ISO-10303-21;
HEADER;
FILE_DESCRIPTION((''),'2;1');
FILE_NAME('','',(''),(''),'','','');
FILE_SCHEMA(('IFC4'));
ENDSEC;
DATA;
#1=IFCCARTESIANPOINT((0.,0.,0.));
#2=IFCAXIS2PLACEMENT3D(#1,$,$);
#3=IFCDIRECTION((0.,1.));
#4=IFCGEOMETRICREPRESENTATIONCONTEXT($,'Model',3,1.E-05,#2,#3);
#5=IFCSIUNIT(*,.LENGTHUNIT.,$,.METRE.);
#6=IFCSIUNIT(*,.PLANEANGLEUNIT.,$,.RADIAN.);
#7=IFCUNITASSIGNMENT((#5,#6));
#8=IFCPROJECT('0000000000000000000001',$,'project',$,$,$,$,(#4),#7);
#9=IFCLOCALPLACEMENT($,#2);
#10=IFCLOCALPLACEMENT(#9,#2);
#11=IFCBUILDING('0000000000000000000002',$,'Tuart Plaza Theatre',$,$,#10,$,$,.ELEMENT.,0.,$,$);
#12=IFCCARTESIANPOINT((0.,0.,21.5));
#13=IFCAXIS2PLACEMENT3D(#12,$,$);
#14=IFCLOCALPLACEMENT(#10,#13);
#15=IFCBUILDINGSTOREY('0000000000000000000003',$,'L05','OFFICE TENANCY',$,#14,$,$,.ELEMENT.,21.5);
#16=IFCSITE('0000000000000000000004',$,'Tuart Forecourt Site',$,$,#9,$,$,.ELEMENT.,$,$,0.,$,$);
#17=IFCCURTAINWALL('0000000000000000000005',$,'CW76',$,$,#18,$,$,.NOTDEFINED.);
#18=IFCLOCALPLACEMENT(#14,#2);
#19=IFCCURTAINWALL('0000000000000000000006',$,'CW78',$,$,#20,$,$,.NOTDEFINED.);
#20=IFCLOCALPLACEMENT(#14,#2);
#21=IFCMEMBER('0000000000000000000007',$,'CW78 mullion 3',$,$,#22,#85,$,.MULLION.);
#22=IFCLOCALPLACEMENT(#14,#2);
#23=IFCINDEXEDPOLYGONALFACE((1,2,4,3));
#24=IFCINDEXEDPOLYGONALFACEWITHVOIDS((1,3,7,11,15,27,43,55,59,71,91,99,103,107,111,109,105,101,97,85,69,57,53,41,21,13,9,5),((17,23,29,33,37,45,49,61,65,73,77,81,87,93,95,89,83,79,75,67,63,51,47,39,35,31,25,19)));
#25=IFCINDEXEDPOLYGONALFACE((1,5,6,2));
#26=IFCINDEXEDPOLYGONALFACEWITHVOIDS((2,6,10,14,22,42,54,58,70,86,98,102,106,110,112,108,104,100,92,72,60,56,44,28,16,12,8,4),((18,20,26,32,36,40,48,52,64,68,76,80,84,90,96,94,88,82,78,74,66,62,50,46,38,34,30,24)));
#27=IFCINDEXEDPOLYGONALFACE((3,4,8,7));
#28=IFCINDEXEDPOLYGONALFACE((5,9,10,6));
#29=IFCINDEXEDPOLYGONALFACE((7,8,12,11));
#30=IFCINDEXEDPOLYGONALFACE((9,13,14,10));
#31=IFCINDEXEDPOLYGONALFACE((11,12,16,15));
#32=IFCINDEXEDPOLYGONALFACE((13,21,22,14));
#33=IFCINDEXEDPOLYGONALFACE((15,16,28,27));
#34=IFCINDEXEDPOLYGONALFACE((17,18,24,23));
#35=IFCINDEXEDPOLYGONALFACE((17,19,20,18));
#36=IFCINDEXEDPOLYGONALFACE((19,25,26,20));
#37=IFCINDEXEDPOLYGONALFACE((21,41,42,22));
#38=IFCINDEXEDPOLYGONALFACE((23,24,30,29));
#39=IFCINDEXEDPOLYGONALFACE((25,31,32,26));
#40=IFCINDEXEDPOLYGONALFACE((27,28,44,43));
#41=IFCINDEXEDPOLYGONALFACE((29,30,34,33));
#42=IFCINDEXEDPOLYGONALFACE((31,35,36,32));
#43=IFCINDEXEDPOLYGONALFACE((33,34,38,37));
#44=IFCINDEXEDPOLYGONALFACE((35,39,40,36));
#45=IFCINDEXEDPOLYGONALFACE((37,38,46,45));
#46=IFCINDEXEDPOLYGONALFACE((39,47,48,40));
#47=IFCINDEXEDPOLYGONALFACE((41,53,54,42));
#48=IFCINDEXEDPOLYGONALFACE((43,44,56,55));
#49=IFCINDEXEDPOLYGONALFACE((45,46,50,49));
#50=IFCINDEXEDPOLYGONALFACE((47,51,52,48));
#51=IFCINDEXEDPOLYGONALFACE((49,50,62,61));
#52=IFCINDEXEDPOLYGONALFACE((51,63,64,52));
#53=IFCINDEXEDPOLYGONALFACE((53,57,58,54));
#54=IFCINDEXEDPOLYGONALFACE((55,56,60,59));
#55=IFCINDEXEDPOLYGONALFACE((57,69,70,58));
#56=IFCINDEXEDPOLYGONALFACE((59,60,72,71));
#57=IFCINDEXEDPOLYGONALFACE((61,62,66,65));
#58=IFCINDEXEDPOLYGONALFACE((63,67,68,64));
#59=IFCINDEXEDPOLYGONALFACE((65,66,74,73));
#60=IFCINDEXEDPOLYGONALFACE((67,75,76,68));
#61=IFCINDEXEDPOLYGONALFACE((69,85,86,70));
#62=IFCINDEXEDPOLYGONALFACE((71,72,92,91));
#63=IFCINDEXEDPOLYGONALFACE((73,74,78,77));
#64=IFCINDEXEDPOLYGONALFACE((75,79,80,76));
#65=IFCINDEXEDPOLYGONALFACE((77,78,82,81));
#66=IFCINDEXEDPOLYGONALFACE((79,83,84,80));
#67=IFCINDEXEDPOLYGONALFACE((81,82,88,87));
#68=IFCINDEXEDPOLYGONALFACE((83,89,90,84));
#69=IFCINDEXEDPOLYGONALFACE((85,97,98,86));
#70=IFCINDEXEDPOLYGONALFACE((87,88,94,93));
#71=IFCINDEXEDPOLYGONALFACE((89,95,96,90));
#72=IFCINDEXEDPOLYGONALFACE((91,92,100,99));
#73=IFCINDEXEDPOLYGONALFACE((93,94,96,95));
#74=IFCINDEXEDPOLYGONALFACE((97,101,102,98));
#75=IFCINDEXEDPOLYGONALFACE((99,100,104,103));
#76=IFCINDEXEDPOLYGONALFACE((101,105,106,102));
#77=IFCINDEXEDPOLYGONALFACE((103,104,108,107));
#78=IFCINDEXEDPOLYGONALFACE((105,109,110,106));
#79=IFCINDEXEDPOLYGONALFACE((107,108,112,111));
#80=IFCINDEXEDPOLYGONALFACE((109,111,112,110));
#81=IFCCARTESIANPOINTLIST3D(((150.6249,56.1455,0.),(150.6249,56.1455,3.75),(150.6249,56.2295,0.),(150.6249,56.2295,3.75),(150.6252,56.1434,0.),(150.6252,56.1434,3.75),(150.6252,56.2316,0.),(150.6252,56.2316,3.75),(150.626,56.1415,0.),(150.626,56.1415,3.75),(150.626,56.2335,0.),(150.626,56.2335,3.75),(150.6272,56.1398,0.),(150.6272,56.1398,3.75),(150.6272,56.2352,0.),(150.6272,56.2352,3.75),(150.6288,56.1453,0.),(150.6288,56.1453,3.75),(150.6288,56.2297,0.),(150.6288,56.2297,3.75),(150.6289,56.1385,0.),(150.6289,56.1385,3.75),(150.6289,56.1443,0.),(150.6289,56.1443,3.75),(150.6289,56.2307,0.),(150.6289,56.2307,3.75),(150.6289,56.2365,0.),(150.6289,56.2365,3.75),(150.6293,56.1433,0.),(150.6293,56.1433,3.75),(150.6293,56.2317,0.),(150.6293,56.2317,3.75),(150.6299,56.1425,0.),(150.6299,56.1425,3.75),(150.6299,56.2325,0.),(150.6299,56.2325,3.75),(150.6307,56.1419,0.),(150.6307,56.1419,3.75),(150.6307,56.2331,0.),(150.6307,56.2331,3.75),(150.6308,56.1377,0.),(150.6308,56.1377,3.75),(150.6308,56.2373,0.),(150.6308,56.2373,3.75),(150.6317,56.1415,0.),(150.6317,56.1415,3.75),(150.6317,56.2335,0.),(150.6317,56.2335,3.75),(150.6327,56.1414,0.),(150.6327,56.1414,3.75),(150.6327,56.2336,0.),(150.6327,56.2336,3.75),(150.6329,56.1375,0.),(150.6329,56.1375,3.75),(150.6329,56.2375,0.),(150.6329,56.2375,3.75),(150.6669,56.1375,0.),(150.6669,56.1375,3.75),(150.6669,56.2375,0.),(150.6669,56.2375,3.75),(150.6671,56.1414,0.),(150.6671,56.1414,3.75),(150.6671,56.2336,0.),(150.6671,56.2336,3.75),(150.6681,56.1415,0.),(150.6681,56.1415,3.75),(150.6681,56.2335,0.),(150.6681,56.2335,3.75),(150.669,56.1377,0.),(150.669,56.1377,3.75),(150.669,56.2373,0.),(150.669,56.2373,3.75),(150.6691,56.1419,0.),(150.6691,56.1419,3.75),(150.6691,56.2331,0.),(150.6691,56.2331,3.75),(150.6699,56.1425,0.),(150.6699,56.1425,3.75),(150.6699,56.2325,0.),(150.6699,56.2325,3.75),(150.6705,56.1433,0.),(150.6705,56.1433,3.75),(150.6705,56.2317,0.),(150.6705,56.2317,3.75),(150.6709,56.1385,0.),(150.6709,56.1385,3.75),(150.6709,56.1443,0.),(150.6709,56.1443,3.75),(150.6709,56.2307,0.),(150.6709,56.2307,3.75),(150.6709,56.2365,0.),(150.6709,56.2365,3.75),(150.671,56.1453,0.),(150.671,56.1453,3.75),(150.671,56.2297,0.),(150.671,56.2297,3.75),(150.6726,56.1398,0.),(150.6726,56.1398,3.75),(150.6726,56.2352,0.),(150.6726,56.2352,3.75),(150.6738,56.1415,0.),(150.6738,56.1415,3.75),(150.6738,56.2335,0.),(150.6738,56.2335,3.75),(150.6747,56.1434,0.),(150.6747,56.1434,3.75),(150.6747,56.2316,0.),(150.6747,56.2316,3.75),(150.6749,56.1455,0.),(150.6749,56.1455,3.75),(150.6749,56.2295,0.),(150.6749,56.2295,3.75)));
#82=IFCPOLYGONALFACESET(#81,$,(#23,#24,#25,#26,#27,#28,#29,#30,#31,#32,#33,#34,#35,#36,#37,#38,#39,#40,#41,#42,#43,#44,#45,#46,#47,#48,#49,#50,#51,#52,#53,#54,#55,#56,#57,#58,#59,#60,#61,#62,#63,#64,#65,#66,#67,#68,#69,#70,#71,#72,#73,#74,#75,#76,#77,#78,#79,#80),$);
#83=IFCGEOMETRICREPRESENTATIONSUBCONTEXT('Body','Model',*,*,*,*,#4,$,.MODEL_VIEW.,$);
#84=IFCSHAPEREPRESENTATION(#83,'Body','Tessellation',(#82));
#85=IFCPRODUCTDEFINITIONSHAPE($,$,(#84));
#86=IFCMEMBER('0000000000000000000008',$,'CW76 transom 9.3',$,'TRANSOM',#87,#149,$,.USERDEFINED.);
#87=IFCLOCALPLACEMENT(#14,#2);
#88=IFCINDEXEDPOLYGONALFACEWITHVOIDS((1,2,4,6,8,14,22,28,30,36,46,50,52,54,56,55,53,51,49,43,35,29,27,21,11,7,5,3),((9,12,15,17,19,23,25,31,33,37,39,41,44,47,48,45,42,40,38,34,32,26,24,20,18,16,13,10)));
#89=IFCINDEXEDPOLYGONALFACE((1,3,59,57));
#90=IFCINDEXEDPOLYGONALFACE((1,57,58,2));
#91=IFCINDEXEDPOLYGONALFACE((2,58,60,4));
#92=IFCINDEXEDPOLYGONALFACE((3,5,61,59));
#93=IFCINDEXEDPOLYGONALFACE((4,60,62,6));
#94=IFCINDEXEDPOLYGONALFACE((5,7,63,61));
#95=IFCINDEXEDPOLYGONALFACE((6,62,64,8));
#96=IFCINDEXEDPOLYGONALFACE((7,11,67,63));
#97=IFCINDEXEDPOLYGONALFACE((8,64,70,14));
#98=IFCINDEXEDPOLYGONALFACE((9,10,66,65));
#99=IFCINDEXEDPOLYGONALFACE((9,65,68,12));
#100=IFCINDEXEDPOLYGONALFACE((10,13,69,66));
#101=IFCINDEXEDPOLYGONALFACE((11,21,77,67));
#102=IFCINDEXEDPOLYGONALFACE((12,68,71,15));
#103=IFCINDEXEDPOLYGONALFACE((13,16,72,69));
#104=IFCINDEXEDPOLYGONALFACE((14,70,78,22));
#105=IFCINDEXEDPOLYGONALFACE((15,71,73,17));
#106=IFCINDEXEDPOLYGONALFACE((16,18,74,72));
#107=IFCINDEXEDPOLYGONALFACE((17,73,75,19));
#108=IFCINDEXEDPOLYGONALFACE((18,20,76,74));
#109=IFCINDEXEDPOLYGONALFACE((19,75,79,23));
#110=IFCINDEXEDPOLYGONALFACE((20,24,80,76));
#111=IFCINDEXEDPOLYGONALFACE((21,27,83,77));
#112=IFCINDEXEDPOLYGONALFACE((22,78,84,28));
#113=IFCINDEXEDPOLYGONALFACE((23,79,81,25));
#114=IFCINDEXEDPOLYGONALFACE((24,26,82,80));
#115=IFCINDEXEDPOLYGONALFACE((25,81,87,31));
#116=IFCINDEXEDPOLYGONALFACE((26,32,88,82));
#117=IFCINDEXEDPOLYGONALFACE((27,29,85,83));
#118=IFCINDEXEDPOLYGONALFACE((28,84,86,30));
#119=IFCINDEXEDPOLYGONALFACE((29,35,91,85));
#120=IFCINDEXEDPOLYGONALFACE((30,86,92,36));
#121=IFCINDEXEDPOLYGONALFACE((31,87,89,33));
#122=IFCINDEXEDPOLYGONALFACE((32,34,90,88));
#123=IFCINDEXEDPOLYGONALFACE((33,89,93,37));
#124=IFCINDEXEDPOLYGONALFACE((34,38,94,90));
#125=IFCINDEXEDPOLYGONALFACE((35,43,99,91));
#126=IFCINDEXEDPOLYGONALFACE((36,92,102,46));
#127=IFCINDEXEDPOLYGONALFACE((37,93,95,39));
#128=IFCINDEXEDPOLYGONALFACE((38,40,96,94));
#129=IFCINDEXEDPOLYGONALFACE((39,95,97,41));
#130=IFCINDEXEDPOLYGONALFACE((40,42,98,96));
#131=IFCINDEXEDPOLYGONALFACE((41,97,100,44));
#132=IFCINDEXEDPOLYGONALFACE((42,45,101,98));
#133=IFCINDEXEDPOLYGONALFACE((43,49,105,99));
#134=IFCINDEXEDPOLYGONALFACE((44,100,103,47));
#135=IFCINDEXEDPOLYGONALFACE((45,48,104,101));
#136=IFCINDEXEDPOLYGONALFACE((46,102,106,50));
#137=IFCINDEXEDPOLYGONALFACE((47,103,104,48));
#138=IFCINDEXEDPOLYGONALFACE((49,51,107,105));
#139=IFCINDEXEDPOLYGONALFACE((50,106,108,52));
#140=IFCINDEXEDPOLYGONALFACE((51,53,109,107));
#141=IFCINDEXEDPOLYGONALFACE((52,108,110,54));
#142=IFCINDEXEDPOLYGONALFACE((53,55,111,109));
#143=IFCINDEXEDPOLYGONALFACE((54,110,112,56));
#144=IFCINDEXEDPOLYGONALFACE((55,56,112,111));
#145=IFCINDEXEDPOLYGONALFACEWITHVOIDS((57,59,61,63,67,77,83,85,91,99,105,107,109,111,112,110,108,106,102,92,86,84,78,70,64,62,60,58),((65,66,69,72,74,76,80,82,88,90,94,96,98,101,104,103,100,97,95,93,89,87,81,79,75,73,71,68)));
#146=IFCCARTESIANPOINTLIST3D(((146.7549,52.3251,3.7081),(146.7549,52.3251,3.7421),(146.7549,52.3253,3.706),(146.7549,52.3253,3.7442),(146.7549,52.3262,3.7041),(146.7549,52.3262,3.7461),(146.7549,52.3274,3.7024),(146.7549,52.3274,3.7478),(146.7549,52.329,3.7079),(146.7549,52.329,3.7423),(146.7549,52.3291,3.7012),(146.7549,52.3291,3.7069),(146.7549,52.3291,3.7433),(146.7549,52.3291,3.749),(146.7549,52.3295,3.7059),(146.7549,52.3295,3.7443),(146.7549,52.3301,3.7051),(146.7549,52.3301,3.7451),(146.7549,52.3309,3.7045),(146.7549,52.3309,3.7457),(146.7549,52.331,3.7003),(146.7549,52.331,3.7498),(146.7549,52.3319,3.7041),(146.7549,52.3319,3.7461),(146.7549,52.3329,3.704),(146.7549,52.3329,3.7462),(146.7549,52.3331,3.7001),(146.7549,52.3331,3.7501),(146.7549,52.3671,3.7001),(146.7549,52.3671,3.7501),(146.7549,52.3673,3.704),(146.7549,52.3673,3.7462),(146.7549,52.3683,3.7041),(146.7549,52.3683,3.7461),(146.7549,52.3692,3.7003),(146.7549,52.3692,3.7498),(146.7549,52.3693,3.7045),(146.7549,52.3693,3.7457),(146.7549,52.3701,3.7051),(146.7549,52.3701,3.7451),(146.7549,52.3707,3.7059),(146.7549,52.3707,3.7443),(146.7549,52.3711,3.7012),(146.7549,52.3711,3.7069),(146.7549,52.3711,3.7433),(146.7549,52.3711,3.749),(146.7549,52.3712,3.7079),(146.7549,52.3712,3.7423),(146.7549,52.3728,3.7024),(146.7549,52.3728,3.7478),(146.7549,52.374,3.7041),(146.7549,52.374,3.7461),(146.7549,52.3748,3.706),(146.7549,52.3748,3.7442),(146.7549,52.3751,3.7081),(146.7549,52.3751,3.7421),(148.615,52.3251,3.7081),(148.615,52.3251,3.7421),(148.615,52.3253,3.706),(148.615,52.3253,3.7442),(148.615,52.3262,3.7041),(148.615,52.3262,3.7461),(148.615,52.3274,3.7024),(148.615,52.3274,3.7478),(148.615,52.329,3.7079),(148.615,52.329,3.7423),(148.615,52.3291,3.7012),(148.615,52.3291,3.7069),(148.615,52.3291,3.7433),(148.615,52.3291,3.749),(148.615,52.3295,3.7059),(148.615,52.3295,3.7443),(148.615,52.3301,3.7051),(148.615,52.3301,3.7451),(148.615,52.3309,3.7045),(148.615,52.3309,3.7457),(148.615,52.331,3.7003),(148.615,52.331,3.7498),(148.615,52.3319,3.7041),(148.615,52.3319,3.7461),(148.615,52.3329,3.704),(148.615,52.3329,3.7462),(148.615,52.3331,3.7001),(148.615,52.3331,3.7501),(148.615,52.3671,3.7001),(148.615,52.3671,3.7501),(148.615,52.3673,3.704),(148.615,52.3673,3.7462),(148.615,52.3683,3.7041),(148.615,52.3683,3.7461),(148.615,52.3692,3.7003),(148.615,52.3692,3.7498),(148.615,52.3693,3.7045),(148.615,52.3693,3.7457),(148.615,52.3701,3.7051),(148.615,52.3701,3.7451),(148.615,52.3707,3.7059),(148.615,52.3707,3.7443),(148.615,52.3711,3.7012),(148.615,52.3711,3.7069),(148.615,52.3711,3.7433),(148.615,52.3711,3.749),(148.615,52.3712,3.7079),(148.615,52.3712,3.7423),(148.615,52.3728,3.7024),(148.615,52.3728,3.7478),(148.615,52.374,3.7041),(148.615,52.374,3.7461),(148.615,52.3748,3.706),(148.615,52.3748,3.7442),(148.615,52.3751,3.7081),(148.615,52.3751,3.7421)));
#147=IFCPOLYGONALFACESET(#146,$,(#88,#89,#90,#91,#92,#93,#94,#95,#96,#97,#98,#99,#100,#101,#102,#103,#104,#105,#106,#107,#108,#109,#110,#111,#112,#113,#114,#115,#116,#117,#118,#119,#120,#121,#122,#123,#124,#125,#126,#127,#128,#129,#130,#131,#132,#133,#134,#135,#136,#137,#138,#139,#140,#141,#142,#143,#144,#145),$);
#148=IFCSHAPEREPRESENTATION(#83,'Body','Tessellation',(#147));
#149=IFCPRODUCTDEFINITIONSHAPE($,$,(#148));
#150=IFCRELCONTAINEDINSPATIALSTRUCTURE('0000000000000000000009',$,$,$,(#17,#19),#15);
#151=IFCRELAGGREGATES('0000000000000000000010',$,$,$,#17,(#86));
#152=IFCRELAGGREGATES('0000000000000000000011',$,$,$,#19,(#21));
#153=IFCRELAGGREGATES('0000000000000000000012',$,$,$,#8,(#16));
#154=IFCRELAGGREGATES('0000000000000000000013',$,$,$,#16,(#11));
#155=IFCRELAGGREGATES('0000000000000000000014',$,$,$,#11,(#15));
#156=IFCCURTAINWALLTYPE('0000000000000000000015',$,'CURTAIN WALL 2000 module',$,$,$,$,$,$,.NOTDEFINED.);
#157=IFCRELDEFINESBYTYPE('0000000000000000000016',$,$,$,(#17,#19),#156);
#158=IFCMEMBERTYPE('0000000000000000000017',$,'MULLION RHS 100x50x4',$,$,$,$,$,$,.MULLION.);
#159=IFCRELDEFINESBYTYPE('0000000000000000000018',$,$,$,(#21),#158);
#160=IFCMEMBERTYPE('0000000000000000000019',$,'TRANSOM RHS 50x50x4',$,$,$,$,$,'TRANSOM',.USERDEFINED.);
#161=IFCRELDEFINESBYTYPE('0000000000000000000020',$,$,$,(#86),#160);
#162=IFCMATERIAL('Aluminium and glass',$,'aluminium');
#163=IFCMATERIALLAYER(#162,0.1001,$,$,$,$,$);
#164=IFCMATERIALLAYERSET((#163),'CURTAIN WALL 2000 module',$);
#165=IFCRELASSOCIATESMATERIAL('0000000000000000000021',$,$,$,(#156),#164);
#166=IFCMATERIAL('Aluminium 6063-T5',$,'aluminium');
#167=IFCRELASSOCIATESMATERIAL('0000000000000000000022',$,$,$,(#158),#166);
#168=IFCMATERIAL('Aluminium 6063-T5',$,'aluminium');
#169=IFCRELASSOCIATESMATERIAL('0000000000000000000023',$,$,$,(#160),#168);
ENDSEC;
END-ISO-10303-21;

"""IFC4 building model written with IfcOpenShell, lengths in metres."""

from ifc_helpers import new_model, si_unit, direction, frame, origin, origin_2d, place, context, subcontext, project, spatial, hollow_rectangle, extrude, material, layer, layer_set, material_profile, profile_set, type_object, element, aggregate, save


model = new_model("IFC4")

# Units and contexts
model_context = context("Model", 3, precision=1e-05, world=origin(), true_north=direction((0.0, 1.0)))
body_context = subcontext(model_context, "Body", "Model", "MODEL_VIEW")
ifc_project = project(units=[si_unit("LENGTHUNIT", "METRE"), si_unit("PLANEANGLEUNIT", "RADIAN")], contexts=[model_context])

# Site, building, storey
site_placement = place(None, origin())
site = spatial("IfcSite", under=ifc_project, at=site_placement, Name="Tuart Forecourt Site", CompositionType="ELEMENT", RefElevation=0.0)
building_placement = place(site_placement, origin())
building = spatial("IfcBuilding", under=site, at=building_placement, Name="Tuart Plaza Theatre", CompositionType="ELEMENT", ElevationOfRefHeight=0.0)
storey_placement = place(building_placement, frame((0.0, 0.0, 21.5)))
storey = spatial("IfcBuildingStorey", under=building, at=storey_placement, Name="L05", Description="OFFICE TENANCY", CompositionType="ELEMENT", Elevation=21.5)

# Curtain walls, member
ifc_material_1 = material(Name="Aluminium and glass", Category="aluminium")
ifc_layer_1 = layer(ifc_material_1, 0.1001)
ifc_layer_set_1 = layer_set([ifc_layer_1], Name="CURTAIN WALL 2000 module")
curtain_wall_type = type_object("IfcCurtainWallType", Name="CURTAIN WALL 2000 module", PredefinedType="NOTDEFINED", material=ifc_layer_set_1)
curtain_wall_1_placement = place(storey_placement, origin())
curtain_wall_1 = element("IfcCurtainWall", 1, at=curtain_wall_1_placement, inside=storey, type_object=curtain_wall_type, Name="CW76", PredefinedType="NOTDEFINED")
ifc_material_2 = material(Name="Aluminium 6063-T5", Category="aluminium")
ifc_material_profile_1 = material_profile(ifc_material_2, hollow_rectangle(XDim=0.05, YDim=0.1001, WallThickness=0.0039, InnerFilletRadius=0.0039, OuterFilletRadius=0.0081, at=origin_2d()), Name="RHS 100x50x4")
ifc_profile_set_1 = profile_set([ifc_material_profile_1], Name="Aluminium 6063-T5")
member_type_1 = type_object("IfcMemberType", Name="MULLION RHS 100x50x4", PredefinedType="MULLION", material=ifc_profile_set_1)
curtain_wall_2_placement = place(storey_placement, origin())
curtain_wall_2 = element("IfcCurtainWall", 2, at=curtain_wall_2_placement, inside=storey, type_object=curtain_wall_type, Name="CW78", PredefinedType="NOTDEFINED")
member_1_placement = place(storey_placement, frame((150.6499, 56.1875, 0.0), z_axis=(0.0, 0.0, 1.0), x_axis=(-1.0, 0.0, 0.0)))
member_1 = element("IfcMember", 3, at=member_1_placement, type_object=member_type_1, Name="CW78 mullion 3", PredefinedType="MULLION", context=body_context, shape_type="SweptSolid", body=[
    extrude(hollow_rectangle(XDim=0.05, YDim=0.1001, WallThickness=0.0039, InnerFilletRadius=0.0039, OuterFilletRadius=0.0081, at=origin_2d()), origin(), (0.0, 0.0, 1.0), 3.75),
])

# Member
ifc_material_3 = material(Name="Aluminium 6063-T5", Category="aluminium")
ifc_material_profile_2 = material_profile(ifc_material_3, hollow_rectangle(XDim=0.05, YDim=0.05, WallThickness=0.0039, InnerFilletRadius=0.0039, OuterFilletRadius=0.0081, at=origin_2d()), Name="RHS 50x50x4")
ifc_profile_set_2 = profile_set([ifc_material_profile_2], Name="Aluminium 6063-T5")
member_type_2 = type_object("IfcMemberType", Name="TRANSOM RHS 50x50x4", ElementType="TRANSOM", PredefinedType="USERDEFINED", material=ifc_profile_set_2)
member_2_placement = place(storey_placement, frame((146.7549, 52.3501, 3.7251), z_axis=(1.0, 0.0, 0.0), x_axis=(0.0, 1.0, 0.0)))
member_2 = element("IfcMember", 4, at=member_2_placement, type_object=member_type_2, Name="CW76 transom 9.3", ObjectType="TRANSOM", PredefinedType="USERDEFINED", context=body_context, shape_type="SweptSolid", body=[
    extrude(hollow_rectangle(XDim=0.05, YDim=0.05, WallThickness=0.0039, InnerFilletRadius=0.0039, OuterFilletRadius=0.0081, at=origin_2d()), origin(), (0.0, 0.0, 1.0), 1.8601),
])

aggregate(curtain_wall_1, [member_2])
aggregate(curtain_wall_2, [member_1])

save(model, "model.ifc")
